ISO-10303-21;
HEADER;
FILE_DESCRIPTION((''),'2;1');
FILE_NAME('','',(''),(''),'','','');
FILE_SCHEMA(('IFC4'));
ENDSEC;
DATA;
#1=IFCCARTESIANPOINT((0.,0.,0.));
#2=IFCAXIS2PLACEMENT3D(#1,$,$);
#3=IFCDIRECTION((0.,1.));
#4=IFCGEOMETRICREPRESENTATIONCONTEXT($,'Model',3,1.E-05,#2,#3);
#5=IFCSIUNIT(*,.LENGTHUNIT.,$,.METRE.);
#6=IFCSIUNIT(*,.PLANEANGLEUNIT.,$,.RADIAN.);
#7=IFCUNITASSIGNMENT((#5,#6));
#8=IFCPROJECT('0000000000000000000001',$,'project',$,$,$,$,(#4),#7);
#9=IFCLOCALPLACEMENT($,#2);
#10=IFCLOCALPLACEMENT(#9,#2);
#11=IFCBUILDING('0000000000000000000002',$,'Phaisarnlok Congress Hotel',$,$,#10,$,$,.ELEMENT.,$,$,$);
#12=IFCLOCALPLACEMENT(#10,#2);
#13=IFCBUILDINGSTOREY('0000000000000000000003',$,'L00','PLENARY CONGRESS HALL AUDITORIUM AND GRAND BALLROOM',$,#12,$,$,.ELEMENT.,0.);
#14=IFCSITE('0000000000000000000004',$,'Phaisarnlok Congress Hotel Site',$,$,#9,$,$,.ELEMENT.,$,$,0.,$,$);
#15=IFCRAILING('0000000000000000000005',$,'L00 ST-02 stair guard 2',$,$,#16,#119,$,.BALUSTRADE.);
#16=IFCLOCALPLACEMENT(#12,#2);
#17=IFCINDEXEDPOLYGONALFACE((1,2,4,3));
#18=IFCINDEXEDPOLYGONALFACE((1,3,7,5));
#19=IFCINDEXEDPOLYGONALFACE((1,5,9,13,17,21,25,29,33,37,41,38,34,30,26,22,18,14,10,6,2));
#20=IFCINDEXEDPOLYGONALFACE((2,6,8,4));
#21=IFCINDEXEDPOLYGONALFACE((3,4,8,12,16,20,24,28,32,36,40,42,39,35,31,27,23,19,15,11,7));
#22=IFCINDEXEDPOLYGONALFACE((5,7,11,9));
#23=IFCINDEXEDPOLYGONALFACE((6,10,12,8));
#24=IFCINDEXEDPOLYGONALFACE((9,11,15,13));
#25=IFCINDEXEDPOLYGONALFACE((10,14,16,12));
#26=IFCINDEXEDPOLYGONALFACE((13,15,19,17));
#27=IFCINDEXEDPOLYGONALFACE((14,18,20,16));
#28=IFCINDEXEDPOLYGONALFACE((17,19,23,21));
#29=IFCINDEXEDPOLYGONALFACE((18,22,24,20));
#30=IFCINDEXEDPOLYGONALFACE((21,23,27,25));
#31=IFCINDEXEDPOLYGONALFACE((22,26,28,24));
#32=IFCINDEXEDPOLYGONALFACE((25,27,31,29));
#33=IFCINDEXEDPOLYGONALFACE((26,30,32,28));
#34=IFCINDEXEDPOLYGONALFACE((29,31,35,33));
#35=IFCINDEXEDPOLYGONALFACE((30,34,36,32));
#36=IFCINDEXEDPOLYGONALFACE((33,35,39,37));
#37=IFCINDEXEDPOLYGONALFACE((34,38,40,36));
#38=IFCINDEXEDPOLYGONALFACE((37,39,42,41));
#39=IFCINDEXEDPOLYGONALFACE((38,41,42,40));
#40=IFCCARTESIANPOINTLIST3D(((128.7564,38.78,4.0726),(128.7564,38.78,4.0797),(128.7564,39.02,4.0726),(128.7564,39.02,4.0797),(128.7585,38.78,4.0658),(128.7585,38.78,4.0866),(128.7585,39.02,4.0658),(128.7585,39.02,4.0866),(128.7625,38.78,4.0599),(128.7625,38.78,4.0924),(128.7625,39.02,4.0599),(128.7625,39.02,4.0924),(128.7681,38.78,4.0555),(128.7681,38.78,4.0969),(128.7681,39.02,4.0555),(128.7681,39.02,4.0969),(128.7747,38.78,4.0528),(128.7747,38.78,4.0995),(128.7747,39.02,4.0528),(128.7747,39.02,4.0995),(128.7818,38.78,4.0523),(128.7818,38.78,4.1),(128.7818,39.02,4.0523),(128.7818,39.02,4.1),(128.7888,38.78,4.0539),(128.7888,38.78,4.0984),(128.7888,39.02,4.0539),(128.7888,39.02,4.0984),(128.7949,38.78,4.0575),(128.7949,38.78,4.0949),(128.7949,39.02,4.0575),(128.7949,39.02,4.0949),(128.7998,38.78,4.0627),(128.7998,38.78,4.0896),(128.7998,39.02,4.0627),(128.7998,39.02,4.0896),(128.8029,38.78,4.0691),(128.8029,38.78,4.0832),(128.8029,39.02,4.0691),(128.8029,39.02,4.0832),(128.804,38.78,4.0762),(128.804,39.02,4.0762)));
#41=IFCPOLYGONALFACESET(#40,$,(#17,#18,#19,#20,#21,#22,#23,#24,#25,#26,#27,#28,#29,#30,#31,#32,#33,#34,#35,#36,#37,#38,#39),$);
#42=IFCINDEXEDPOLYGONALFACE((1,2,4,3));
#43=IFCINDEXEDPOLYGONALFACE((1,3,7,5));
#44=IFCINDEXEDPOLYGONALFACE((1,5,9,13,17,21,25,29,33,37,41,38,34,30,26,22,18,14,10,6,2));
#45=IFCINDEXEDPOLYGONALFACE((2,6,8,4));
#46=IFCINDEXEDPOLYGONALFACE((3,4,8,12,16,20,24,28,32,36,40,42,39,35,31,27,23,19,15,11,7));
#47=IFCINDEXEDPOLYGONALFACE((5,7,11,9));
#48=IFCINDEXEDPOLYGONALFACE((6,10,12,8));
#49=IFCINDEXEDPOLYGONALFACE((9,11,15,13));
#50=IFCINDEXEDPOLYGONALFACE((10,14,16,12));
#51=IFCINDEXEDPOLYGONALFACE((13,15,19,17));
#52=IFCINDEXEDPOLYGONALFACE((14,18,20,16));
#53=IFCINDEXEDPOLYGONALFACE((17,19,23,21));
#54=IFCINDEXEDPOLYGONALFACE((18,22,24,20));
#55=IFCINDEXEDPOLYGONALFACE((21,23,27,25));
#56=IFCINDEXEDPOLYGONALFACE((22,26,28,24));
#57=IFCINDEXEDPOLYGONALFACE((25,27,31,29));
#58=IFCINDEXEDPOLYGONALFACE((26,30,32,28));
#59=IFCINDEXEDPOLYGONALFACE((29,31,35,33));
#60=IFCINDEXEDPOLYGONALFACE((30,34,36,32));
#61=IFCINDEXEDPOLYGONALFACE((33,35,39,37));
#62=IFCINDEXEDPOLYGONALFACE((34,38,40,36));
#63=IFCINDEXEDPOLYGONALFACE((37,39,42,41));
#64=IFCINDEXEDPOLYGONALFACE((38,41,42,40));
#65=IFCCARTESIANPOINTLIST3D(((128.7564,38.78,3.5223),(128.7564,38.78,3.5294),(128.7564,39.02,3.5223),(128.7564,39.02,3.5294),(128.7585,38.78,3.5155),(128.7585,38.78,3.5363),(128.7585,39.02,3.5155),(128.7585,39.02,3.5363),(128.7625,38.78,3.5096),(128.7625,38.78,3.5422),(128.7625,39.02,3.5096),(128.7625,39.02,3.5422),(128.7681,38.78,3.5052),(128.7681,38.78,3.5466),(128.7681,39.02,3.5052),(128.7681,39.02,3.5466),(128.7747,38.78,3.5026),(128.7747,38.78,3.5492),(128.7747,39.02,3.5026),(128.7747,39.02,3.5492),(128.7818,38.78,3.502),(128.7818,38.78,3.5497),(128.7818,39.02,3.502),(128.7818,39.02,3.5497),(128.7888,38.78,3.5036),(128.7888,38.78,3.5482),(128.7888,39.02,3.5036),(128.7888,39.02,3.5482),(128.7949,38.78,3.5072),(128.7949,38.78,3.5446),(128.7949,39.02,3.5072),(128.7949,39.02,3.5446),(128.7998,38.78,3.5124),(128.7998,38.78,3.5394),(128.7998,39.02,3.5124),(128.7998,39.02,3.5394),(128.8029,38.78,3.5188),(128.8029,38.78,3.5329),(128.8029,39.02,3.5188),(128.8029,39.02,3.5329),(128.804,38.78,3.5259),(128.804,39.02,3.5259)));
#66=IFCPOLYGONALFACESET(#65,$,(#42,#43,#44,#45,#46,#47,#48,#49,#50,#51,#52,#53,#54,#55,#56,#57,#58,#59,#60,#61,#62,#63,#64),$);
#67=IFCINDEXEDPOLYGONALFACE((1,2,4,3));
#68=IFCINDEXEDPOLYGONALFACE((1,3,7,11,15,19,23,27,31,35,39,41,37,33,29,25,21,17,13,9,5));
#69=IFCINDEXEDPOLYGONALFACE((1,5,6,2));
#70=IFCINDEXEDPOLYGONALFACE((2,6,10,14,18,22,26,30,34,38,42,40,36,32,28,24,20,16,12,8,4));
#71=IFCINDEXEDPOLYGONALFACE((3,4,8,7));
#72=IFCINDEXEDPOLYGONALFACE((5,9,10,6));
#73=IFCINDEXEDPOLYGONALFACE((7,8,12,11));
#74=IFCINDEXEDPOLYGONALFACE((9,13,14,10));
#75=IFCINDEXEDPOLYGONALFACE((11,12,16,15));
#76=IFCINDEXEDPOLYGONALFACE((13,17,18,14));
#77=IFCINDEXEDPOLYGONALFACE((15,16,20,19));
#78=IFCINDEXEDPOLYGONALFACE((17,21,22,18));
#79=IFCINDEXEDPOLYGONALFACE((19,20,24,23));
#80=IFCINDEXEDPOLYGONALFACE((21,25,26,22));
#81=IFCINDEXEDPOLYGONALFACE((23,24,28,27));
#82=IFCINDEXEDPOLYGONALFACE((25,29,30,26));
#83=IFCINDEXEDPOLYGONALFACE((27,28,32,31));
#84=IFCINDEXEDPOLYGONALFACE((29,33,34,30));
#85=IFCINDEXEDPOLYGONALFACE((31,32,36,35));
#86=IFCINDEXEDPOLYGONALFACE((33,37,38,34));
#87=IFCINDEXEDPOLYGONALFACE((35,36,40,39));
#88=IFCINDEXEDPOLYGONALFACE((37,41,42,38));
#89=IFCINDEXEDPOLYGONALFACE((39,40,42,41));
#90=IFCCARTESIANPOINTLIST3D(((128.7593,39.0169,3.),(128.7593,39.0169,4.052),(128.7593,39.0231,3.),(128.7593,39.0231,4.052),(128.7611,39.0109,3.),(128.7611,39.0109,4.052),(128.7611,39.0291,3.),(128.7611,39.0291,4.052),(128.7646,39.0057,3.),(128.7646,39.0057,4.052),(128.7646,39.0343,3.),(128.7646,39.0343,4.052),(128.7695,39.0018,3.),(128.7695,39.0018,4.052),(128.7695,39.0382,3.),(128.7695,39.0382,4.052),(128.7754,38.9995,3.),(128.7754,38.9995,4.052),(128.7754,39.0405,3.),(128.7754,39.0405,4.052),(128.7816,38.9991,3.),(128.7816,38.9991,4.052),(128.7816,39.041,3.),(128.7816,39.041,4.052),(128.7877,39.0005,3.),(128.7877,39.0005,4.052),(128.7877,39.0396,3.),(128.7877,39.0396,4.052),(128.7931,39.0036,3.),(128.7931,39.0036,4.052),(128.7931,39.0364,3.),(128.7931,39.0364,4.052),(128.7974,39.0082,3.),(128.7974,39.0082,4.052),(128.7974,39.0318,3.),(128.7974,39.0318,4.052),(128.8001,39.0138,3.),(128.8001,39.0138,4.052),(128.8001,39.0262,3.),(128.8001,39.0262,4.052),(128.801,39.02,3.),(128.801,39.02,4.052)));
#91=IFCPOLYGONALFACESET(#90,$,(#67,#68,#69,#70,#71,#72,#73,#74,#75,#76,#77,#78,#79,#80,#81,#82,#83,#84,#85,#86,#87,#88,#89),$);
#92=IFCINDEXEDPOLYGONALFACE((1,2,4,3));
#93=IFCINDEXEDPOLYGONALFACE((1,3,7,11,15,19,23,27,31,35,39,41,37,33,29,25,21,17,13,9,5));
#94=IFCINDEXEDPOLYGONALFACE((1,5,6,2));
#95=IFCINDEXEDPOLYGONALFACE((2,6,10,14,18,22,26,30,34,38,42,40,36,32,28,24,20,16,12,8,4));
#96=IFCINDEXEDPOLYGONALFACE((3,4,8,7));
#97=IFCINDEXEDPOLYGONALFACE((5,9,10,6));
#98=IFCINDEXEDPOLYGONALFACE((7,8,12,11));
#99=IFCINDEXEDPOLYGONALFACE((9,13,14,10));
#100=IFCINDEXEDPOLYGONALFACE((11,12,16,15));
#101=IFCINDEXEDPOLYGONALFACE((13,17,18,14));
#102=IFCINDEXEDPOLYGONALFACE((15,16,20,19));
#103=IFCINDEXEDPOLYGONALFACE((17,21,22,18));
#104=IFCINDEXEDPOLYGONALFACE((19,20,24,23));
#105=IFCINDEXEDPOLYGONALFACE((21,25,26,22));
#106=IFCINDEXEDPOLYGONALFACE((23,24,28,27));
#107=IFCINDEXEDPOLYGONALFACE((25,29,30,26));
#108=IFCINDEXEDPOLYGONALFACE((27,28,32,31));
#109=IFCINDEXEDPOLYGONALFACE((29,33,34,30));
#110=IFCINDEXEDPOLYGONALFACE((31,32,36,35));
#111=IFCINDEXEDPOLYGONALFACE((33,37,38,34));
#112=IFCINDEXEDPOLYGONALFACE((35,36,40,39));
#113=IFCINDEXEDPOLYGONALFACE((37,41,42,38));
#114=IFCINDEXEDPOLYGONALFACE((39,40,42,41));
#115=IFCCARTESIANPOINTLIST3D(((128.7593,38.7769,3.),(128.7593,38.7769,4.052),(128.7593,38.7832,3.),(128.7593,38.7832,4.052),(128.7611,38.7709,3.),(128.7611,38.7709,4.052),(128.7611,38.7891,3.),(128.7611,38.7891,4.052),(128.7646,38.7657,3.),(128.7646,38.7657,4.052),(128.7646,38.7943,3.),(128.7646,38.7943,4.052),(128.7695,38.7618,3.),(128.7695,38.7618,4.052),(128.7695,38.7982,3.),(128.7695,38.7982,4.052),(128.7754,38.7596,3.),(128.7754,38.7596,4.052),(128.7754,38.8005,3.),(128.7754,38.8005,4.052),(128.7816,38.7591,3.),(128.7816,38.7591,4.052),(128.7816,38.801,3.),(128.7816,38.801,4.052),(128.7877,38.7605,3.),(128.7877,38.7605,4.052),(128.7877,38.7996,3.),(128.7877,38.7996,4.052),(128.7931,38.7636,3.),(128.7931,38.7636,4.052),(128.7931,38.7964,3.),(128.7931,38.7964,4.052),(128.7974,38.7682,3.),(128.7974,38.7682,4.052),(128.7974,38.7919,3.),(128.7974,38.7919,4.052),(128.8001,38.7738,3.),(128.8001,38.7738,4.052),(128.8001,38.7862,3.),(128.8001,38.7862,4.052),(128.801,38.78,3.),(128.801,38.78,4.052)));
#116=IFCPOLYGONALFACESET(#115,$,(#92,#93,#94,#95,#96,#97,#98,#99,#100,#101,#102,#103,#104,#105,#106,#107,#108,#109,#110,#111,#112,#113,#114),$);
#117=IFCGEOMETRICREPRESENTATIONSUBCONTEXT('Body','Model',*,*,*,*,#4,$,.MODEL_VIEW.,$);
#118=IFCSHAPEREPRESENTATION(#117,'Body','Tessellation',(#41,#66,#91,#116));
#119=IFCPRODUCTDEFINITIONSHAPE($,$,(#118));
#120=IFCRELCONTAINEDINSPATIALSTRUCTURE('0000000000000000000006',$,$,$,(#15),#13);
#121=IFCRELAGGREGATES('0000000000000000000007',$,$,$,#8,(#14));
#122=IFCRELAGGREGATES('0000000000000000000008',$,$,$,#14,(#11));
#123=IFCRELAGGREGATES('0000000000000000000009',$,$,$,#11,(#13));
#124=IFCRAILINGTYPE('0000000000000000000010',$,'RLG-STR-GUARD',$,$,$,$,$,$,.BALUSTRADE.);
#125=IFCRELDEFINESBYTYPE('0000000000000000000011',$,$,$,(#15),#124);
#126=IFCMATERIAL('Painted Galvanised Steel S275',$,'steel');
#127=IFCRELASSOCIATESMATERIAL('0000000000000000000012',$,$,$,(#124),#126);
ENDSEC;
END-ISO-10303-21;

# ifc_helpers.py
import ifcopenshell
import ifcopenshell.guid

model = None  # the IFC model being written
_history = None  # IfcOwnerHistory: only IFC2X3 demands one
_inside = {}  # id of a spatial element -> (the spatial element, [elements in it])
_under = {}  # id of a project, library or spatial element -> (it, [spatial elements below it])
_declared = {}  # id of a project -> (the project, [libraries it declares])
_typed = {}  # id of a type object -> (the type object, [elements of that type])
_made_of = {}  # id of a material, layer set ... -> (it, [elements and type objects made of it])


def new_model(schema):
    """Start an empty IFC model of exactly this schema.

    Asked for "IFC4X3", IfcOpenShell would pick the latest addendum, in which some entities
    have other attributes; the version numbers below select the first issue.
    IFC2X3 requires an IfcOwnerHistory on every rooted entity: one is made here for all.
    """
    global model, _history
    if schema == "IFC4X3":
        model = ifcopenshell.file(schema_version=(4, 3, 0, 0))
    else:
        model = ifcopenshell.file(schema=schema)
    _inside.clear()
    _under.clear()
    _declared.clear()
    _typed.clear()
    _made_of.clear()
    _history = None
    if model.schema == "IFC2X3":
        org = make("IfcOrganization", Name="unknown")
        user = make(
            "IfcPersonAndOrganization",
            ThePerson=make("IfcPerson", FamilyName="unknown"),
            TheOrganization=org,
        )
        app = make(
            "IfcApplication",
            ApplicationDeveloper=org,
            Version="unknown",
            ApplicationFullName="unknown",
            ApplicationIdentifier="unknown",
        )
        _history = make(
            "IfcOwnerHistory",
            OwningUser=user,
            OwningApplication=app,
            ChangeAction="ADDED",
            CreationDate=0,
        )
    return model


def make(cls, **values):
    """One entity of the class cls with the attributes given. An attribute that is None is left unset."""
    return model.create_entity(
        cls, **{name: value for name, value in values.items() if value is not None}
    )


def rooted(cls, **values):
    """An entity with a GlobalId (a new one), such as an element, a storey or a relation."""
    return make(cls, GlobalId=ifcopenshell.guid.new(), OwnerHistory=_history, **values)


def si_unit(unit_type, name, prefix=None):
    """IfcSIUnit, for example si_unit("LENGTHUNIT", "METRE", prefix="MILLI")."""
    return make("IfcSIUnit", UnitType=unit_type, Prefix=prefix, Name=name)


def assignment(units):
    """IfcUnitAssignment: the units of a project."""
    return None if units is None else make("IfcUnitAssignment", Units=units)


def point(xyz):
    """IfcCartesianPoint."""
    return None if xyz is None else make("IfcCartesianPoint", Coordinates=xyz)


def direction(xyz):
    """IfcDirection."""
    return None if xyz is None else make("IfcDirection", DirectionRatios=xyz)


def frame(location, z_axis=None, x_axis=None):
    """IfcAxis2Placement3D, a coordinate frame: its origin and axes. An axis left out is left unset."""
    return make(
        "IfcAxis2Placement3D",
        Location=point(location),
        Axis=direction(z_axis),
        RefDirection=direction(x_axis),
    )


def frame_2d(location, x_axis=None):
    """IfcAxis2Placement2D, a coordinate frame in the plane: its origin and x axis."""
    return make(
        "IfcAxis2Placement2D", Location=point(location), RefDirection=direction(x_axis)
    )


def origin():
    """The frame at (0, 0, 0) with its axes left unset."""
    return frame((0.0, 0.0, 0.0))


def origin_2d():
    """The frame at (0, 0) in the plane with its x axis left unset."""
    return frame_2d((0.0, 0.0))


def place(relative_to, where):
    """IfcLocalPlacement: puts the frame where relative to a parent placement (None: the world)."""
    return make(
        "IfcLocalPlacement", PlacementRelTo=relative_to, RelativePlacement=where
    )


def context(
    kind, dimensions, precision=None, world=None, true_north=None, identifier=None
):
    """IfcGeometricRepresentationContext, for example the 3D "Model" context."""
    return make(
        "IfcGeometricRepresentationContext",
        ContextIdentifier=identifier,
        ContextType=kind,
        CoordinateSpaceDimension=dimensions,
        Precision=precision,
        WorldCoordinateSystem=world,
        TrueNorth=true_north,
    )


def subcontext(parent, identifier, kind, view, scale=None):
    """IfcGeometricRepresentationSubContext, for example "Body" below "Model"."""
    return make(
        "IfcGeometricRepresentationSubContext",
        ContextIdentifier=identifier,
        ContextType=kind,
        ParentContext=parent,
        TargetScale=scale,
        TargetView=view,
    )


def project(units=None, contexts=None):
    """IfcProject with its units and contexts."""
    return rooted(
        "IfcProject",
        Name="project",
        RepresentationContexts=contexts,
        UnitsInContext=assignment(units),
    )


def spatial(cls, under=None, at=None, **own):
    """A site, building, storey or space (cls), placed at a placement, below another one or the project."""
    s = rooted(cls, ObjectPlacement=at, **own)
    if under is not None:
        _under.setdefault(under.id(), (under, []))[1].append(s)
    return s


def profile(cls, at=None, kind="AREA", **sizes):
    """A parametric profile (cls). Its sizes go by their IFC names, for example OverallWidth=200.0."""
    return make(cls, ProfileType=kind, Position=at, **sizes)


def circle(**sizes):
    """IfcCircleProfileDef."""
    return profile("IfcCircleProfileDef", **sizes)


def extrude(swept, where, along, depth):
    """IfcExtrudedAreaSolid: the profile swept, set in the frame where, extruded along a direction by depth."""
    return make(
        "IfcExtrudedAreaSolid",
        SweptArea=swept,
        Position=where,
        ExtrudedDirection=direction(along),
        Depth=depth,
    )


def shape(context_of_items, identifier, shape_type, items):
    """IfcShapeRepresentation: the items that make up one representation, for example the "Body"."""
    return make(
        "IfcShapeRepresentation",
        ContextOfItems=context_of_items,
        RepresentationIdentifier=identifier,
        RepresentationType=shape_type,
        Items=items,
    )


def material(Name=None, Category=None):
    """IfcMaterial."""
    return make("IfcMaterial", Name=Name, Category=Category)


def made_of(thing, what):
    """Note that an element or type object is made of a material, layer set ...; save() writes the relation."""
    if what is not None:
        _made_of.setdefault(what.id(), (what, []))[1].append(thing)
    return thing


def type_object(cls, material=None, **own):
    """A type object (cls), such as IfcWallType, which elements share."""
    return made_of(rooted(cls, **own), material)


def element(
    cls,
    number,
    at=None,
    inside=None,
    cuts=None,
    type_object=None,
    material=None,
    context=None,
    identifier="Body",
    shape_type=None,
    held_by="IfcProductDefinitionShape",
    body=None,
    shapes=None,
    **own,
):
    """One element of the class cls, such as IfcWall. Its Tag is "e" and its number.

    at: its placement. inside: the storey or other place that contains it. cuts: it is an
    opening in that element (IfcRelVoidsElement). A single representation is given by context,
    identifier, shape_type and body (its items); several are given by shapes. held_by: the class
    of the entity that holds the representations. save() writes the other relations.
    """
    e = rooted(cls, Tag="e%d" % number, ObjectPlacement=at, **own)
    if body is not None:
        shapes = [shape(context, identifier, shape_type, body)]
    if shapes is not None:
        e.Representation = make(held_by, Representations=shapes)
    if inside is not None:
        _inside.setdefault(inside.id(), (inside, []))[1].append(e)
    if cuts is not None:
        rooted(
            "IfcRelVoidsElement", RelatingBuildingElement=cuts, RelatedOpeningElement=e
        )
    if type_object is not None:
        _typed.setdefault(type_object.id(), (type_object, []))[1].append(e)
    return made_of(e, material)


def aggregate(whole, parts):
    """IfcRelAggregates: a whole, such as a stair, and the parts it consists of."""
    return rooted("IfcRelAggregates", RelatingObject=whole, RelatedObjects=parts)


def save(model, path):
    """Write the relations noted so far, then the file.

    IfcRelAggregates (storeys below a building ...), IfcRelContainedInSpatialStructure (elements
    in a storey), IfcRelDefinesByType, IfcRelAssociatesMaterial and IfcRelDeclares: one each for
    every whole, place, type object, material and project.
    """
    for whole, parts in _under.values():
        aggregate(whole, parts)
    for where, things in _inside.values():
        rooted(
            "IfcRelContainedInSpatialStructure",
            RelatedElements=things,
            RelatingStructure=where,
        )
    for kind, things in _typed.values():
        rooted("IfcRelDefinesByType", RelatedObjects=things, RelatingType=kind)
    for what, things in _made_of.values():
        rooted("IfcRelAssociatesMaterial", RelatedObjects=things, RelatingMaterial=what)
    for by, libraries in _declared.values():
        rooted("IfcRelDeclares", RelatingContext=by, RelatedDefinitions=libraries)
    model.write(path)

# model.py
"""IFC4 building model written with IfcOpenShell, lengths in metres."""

from ifc_helpers import new_model, si_unit, direction, frame, origin, origin_2d, place, context, subcontext, project, spatial, circle, extrude, material, type_object, element, save


model = new_model("IFC4")

# Units and contexts
model_context = context("Model", 3, precision=1e-05, world=origin(), true_north=direction((0.0, 1.0)))
body_context = subcontext(model_context, "Body", "Model", "MODEL_VIEW")
ifc_project = project(units=[si_unit("LENGTHUNIT", "METRE"), si_unit("PLANEANGLEUNIT", "RADIAN")], contexts=[model_context])

# Site, building, storey
site_placement = place(None, origin())
site = spatial("IfcSite", under=ifc_project, at=site_placement, Name="Phaisarnlok Congress Hotel Site", CompositionType="ELEMENT", RefElevation=0.0)
building_placement = place(site_placement, origin())
building = spatial("IfcBuilding", under=site, at=building_placement, Name="Phaisarnlok Congress Hotel", CompositionType="ELEMENT")
storey_placement = place(building_placement, origin())
storey = spatial("IfcBuildingStorey", under=building, at=storey_placement, Name="L00", Description="PLENARY CONGRESS HALL AUDITORIUM AND GRAND BALLROOM", CompositionType="ELEMENT", Elevation=0.0)

# Railing
ifc_material_1 = material(Name="Painted Galvanised Steel S275", Category="steel")
railing_type_1 = type_object("IfcRailingType", Name="RLG-STR-GUARD", PredefinedType="BALUSTRADE", material=ifc_material_1)
railing_1_placement = place(storey_placement, frame((128.78, 39.02, 3.0)))
element("IfcRailing", 1, at=railing_1_placement, inside=storey, type_object=railing_type_1, Name="L00 ST-02 stair guard 2", PredefinedType="BALUSTRADE", context=body_context, shape_type="SweptSolid", body=[
    extrude(circle(Radius=0.0239, at=origin_2d()), frame((0.0, 0.0, 1.0762), z_axis=(0.0, -1.0, 0.0), x_axis=(1.0, 0.0, 0.0)), (0.0, 0.0, 1.0), 0.24),
    extrude(circle(Radius=0.0239, at=origin_2d()), frame((0.0, 0.0, 0.5259), z_axis=(0.0, -1.0, 0.0), x_axis=(1.0, 0.0, 0.0)), (0.0, 0.0, 1.0), 0.24),
    extrude(circle(Radius=0.021, at=origin_2d()), origin(), (0.0, 0.0, 1.0), 1.052),
    extrude(circle(Radius=0.021, at=origin_2d()), frame((0.0, -0.24, 0.0)), (0.0, 0.0, 1.0), 1.052),
])

save(model, "model.ifc")
